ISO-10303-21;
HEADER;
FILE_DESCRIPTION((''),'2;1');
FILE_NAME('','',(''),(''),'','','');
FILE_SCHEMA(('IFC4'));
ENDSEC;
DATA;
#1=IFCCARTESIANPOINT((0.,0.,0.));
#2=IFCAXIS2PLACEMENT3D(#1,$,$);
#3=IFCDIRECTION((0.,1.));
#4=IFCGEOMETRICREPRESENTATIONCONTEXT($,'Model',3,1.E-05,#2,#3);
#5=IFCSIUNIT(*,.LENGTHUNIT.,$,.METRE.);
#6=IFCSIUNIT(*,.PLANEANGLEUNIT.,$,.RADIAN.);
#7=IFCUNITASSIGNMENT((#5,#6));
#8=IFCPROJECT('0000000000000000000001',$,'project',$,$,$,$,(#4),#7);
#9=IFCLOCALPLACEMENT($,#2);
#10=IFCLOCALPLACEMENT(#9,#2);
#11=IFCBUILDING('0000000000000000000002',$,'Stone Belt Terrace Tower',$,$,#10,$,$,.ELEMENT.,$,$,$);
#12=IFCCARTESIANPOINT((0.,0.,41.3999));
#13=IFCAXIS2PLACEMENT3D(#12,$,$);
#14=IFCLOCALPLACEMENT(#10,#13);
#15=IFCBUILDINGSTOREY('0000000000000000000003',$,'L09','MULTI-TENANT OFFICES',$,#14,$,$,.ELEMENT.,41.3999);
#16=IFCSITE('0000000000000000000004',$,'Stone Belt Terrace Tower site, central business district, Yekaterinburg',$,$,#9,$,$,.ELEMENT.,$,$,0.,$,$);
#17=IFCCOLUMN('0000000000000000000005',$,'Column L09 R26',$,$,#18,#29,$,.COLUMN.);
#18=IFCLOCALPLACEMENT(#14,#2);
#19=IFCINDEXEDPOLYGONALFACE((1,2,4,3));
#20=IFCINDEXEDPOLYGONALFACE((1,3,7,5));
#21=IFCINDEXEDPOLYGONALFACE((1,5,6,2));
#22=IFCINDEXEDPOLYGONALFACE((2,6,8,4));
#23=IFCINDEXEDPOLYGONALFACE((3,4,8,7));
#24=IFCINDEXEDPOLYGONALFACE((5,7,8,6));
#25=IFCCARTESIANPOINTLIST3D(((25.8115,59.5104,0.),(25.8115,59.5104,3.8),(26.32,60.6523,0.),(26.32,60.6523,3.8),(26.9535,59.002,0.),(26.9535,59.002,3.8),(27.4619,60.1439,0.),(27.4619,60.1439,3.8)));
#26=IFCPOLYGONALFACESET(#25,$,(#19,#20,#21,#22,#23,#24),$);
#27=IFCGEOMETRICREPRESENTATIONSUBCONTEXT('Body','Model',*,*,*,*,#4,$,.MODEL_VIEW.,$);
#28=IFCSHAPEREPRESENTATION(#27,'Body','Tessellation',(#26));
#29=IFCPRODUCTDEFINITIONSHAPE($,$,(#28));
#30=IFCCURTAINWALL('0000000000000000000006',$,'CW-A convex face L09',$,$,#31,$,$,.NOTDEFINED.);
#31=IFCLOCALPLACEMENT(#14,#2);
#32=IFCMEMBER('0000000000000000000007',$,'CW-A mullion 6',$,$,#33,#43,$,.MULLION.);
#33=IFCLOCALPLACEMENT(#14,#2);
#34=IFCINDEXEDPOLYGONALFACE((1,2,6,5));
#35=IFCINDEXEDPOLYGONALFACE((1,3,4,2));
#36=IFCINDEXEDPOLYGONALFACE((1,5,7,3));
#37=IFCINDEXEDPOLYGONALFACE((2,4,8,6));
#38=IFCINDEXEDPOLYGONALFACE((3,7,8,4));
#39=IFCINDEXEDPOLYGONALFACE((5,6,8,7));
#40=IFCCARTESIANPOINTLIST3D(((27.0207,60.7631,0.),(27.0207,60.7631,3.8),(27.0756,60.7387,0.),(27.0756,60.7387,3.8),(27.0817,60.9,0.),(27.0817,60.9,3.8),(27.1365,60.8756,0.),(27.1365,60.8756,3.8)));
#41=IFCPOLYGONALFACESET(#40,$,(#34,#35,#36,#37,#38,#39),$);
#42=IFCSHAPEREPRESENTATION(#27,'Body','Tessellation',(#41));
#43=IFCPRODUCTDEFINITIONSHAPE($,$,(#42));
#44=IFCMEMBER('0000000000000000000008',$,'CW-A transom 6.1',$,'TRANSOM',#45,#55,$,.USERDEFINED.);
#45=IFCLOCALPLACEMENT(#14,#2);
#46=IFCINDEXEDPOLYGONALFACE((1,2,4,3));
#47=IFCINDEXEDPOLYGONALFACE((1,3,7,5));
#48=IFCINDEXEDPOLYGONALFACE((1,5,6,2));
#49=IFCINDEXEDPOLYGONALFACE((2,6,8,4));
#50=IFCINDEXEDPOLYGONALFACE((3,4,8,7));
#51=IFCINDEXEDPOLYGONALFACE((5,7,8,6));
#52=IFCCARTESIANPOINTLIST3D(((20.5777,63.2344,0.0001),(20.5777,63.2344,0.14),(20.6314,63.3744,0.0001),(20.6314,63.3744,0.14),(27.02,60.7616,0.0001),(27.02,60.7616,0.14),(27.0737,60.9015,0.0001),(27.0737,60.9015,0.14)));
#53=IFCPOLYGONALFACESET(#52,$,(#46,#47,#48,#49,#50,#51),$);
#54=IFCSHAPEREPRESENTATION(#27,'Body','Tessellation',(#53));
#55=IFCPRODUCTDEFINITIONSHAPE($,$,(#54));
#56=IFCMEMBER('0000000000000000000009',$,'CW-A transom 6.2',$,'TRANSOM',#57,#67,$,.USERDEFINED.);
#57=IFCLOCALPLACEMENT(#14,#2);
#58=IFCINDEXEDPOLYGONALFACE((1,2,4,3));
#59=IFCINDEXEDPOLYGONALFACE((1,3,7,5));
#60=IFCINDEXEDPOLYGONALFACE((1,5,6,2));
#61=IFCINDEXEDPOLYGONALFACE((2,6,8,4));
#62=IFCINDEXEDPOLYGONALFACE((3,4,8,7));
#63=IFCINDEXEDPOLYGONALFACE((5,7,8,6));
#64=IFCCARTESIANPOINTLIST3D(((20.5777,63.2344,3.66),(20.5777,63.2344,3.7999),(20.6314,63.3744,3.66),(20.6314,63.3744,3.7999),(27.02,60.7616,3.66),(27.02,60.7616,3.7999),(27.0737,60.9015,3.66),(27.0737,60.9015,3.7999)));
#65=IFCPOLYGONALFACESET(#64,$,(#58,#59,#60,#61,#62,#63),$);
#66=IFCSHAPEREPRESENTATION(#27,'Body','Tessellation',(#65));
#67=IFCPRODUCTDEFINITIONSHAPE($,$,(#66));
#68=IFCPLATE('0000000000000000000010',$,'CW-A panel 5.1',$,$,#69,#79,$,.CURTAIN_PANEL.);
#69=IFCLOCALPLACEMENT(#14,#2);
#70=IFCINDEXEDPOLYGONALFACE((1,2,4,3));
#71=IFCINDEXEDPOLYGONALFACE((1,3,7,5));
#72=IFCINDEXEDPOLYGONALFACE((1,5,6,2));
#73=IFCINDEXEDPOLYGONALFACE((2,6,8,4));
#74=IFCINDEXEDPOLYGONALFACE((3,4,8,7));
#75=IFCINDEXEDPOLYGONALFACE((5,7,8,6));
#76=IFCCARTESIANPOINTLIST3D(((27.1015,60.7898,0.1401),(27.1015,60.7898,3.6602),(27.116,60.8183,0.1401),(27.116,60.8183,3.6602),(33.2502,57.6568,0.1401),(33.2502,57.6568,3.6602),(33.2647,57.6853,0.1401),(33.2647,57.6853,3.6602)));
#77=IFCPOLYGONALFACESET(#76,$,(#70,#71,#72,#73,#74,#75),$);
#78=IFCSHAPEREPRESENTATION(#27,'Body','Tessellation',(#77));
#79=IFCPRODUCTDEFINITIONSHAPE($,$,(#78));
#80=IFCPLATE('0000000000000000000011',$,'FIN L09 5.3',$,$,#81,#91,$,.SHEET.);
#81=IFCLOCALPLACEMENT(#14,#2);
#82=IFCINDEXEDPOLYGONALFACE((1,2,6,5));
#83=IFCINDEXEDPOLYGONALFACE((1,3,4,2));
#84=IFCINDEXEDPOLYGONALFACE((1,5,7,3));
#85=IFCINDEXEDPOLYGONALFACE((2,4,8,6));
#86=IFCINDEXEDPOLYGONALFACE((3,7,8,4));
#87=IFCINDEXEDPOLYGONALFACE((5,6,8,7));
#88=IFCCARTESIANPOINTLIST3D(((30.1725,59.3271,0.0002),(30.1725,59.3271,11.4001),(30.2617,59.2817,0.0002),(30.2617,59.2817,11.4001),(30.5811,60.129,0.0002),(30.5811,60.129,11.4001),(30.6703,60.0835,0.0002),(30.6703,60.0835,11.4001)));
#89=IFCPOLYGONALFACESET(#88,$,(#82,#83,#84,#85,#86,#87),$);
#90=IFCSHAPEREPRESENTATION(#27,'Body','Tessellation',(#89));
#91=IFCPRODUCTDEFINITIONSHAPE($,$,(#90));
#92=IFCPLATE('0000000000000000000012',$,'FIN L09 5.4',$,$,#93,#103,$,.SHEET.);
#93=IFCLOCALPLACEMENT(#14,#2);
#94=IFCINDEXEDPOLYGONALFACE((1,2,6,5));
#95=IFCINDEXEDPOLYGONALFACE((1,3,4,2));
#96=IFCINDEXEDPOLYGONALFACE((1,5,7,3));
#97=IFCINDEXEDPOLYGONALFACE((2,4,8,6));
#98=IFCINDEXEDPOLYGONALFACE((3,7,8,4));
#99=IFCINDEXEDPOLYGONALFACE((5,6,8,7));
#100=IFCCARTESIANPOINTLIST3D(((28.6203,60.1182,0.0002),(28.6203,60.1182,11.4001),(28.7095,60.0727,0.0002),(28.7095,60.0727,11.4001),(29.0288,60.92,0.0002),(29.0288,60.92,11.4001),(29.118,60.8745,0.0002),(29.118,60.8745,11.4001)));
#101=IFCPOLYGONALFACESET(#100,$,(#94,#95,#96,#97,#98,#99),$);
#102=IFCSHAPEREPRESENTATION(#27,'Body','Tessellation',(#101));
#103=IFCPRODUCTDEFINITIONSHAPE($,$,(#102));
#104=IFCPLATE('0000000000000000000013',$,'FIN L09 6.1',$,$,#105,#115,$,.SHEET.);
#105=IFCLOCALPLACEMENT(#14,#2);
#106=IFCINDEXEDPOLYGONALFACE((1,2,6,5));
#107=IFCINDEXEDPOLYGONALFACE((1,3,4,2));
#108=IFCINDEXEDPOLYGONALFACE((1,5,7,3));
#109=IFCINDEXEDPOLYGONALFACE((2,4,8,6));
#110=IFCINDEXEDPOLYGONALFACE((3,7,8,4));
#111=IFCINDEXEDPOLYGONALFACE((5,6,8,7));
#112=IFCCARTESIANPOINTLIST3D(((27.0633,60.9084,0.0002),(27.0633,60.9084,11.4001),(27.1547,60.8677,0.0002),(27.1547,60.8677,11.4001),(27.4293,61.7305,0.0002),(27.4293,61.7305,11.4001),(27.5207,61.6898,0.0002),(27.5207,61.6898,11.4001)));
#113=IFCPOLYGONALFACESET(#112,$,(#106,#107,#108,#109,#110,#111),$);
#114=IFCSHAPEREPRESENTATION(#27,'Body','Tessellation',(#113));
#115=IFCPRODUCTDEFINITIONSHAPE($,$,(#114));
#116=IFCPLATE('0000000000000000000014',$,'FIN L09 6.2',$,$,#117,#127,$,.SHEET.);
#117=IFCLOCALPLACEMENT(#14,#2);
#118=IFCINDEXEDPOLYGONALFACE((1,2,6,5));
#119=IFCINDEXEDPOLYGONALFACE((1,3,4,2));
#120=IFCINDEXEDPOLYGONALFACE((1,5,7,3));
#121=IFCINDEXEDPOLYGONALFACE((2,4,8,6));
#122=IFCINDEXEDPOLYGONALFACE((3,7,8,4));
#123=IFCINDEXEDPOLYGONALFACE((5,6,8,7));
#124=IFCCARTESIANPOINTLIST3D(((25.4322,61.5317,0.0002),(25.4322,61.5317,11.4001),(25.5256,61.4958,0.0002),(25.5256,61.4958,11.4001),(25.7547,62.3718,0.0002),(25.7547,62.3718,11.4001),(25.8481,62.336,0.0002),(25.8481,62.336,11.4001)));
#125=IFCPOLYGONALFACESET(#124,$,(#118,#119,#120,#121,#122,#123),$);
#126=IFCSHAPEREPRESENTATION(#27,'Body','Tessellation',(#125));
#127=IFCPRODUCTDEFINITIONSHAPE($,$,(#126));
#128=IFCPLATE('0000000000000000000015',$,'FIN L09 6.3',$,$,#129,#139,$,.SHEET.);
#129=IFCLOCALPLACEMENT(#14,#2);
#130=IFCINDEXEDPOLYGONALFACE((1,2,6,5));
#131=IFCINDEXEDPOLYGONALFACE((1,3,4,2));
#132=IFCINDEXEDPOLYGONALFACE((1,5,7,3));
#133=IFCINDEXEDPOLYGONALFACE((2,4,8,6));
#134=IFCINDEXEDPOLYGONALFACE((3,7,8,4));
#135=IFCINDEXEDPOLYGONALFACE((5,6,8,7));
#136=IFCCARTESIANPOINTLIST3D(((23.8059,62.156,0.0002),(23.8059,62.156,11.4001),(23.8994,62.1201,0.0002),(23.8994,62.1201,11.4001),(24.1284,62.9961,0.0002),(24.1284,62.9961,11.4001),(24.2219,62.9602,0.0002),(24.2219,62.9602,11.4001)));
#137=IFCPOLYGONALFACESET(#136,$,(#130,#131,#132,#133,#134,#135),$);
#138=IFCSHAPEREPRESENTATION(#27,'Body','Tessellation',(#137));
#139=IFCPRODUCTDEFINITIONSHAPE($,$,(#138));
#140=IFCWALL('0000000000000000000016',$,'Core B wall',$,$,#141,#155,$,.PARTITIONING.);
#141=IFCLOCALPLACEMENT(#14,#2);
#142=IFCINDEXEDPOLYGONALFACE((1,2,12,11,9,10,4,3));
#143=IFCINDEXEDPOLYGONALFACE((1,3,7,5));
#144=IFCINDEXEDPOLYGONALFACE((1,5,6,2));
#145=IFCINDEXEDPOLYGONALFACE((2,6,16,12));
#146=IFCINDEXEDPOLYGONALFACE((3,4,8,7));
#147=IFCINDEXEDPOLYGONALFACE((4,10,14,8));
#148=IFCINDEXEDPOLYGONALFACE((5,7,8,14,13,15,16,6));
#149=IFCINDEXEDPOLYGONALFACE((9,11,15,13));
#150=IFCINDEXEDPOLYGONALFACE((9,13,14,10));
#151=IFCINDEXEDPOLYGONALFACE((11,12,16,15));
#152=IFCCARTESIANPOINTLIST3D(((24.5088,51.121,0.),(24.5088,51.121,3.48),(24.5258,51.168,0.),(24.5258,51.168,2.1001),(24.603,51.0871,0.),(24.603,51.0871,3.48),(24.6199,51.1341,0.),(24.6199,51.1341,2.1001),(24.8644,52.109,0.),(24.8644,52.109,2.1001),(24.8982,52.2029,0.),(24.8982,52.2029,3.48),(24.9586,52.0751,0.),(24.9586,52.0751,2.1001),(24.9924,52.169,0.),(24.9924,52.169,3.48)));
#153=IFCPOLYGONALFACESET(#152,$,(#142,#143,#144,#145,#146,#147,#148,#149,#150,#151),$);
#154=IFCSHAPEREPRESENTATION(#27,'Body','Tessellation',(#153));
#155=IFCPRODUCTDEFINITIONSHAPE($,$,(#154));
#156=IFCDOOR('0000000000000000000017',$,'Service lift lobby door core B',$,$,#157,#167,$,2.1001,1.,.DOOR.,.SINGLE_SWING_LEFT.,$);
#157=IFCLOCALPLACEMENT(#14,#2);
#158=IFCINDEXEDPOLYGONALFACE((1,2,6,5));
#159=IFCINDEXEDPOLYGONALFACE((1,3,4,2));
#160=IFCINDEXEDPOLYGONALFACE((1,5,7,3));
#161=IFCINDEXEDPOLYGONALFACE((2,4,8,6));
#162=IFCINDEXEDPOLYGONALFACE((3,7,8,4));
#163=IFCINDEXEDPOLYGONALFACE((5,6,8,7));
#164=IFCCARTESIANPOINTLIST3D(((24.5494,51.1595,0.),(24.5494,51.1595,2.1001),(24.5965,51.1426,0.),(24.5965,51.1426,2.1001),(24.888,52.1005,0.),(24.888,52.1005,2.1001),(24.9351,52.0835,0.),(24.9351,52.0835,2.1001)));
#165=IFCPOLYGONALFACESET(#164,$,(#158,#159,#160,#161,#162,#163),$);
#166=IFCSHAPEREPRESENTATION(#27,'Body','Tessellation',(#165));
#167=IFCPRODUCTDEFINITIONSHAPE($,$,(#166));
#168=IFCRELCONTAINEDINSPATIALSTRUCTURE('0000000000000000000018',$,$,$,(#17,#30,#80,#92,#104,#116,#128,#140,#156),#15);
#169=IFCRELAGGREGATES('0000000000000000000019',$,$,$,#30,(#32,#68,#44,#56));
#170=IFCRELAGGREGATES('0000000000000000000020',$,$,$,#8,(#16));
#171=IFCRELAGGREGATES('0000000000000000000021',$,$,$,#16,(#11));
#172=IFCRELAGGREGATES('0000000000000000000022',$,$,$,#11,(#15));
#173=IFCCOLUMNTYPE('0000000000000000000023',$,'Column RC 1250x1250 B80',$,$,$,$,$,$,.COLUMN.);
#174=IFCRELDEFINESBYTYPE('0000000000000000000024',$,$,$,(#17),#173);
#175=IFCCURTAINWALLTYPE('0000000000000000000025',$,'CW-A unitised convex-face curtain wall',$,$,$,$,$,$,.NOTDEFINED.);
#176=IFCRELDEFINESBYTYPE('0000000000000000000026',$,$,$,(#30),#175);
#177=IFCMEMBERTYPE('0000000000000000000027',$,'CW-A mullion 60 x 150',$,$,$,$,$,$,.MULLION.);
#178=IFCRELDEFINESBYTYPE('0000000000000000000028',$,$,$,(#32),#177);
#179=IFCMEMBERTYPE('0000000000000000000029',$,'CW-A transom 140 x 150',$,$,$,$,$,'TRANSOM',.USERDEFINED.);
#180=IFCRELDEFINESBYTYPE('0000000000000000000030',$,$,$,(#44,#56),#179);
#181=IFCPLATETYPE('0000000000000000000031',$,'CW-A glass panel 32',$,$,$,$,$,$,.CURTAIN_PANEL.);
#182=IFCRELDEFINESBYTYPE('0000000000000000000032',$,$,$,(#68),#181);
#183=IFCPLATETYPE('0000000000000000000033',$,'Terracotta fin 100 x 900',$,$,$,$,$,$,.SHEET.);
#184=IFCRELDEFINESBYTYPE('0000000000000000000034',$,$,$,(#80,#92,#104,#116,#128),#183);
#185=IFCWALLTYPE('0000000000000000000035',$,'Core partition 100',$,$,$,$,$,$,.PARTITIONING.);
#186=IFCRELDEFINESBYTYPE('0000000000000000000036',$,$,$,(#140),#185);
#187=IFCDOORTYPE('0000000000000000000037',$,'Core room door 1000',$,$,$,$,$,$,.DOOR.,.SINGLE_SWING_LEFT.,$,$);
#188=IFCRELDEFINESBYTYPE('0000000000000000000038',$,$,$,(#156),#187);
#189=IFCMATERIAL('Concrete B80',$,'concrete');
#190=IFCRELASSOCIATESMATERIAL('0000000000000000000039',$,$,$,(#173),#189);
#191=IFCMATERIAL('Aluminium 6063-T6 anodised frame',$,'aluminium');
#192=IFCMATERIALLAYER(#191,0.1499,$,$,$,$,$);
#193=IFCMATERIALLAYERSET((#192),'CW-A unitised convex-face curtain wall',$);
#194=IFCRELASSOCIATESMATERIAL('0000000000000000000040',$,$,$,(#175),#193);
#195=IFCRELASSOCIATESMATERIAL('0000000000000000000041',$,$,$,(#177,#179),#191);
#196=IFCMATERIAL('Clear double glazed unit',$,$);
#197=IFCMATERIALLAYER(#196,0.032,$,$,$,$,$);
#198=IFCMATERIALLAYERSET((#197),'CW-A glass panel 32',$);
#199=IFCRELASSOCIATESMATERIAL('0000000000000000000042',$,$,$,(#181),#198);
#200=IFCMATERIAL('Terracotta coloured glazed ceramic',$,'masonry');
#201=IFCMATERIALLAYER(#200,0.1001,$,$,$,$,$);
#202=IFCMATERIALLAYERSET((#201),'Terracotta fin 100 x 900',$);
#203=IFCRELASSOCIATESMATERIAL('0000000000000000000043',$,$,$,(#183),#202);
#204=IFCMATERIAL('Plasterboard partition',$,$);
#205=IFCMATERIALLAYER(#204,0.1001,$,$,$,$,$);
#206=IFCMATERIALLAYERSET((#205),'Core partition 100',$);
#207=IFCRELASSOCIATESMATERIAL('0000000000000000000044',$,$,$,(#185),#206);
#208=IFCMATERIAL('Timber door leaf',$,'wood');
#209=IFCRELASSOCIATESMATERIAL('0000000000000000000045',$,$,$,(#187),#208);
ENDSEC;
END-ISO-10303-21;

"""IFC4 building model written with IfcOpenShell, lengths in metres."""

from ifc_helpers import new_model, si_unit, direction, frame, frame_2d, origin, origin_2d, place, context, subcontext, project, spatial, rectangle, extrude, material, layer, layer_set, material_profile, profile_set, type_object, element, fill, aggregate, save


model = new_model("IFC4")

# Units and contexts
model_context = context("Model", 3, precision=1e-05, world=origin(), true_north=direction((0.0, 1.0)))
body_context = subcontext(model_context, "Body", "Model", "MODEL_VIEW")
ifc_project = project(units=[si_unit("LENGTHUNIT", "METRE"), si_unit("PLANEANGLEUNIT", "RADIAN")], contexts=[model_context])

# Site, building, storey
site_placement = place(None, origin())
site = spatial("IfcSite", under=ifc_project, at=site_placement, Name="Stone Belt Terrace Tower site, central business district, Yekaterinburg", CompositionType="ELEMENT", RefElevation=0.0)
building_placement = place(site_placement, origin())
building = spatial("IfcBuilding", under=site, at=building_placement, Name="Stone Belt Terrace Tower", CompositionType="ELEMENT")
storey_placement = place(building_placement, frame((0.0, 0.0, 41.3999)))
storey = spatial("IfcBuildingStorey", under=building, at=storey_placement, Name="L09", Description="MULTI-TENANT OFFICES", CompositionType="ELEMENT", Elevation=41.3999)

# Column
ifc_material_1 = material(Name="Concrete B80", Category="concrete")
ifc_material_profile_1 = material_profile(ifc_material_1, rectangle(XDim=1.25, YDim=1.25, at=origin_2d()), Name="RC 1250x1250")
ifc_profile_set_1 = profile_set([ifc_material_profile_1], Name="Concrete B80")
column_type = type_object("IfcColumnType", Name="Column RC 1250x1250 B80", PredefinedType="COLUMN", material=ifc_profile_set_1)
column_placement = place(storey_placement, frame((26.6367, 59.8271, 0.0), z_axis=(0.0, 0.0, 1.0), x_axis=(0.913545, -0.406737, 0.0)))
element("IfcColumn", 1, at=column_placement, inside=storey, type_object=column_type, Name="Column L09 R26", PredefinedType="COLUMN", context=body_context, shape_type="SweptSolid", body=[
    extrude(rectangle(XDim=1.25, YDim=1.25, at=origin_2d()), origin(), (0.0, 0.0, 1.0), 3.8),
])

# Curtain wall, members, plate
ifc_material_2 = material(Name="Aluminium 6063-T6 anodised frame", Category="aluminium")
ifc_layer_1 = layer(ifc_material_2, 0.1499)
ifc_layer_set_1 = layer_set([ifc_layer_1], Name="CW-A unitised convex-face curtain wall")
curtain_wall_type = type_object("IfcCurtainWallType", Name="CW-A unitised convex-face curtain wall", PredefinedType="NOTDEFINED", material=ifc_layer_set_1)
curtain_wall_placement = place(storey_placement, origin())
curtain_wall = element("IfcCurtainWall", 2, at=curtain_wall_placement, inside=storey, type_object=curtain_wall_type, Name="CW-A convex face L09", PredefinedType="NOTDEFINED")
ifc_material_profile_2 = material_profile(ifc_material_2, rectangle(XDim=0.1499, YDim=0.0601, at=origin_2d()), Name="Aluminium 6063-T6 60x150")
ifc_profile_set_2 = profile_set([ifc_material_profile_2], Name="Aluminium 6063-T6 anodised frame")
member_type_1 = type_object("IfcMemberType", Name="CW-A mullion 60 x 150", PredefinedType="MULLION", material=ifc_profile_set_2)
member_1_placement = place(storey_placement, frame((27.0786, 60.8193, 0.0), z_axis=(0.0, 0.0, 1.0), x_axis=(-0.406737, -0.913545, 0.0)))
member_1 = element("IfcMember", 3, at=member_1_placement, type_object=member_type_1, Name="CW-A mullion 6", PredefinedType="MULLION", context=body_context, shape_type="SweptSolid", body=[
    extrude(rectangle(XDim=0.1499, YDim=0.0601, at=origin_2d()), origin(), (0.0, 0.0, 1.0), 3.8),
])
ifc_material_profile_3 = material_profile(ifc_material_2, rectangle(XDim=0.1499, YDim=0.1399, at=origin_2d()), Name="Aluminium 6063-T6 150x140")
ifc_profile_set_3 = profile_set([ifc_material_profile_3], Name="Aluminium 6063-T6 anodised frame")
member_type_2 = type_object("IfcMemberType", Name="CW-A transom 140 x 150", ElementType="TRANSOM", PredefinedType="USERDEFINED", material=ifc_profile_set_3)
member_2_placement = place(storey_placement, frame((27.0469, 60.8315, 0.0701), z_axis=(-0.933585, 0.358355, 0.0), x_axis=(-0.358355, -0.933585, 0.0)))
member_2 = element("IfcMember", 4, at=member_2_placement, type_object=member_type_2, Name="CW-A transom 6.1", ObjectType="TRANSOM", PredefinedType="USERDEFINED", context=body_context, shape_type="SweptSolid", body=[
    extrude(rectangle(XDim=0.1499, YDim=0.1399, at=origin_2d()), origin(), (0.0, 0.0, 1.0), 6.9006),
])
member_3_placement = place(storey_placement, frame((27.0469, 60.8315, 3.73), z_axis=(-0.933585, 0.358355, 0.0), x_axis=(-0.358355, -0.933585, 0.0)))
member_3 = element("IfcMember", 5, at=member_3_placement, type_object=member_type_2, Name="CW-A transom 6.2", ObjectType="TRANSOM", PredefinedType="USERDEFINED", context=body_context, shape_type="SweptSolid", body=[
    extrude(rectangle(XDim=0.1499, YDim=0.1399, at=origin_2d()), origin(), (0.0, 0.0, 1.0), 6.9006),
])
ifc_material_3 = material(Name="Clear double glazed unit")
ifc_layer_2 = layer(ifc_material_3, 0.032)
ifc_layer_set_2 = layer_set([ifc_layer_2], Name="CW-A glass panel 32")
plate_type_1 = type_object("IfcPlateType", Name="CW-A glass panel 32", PredefinedType="CURTAIN_PANEL", material=ifc_layer_set_2)
plate_placement = place(storey_placement, frame((30.1831, 59.2375, 0.1401), z_axis=(0.0, 0.0, 1.0), x_axis=(-0.891007, 0.45399, 0.0)))
plate = element("IfcPlate", 6, at=plate_placement, type_object=plate_type_1, Name="CW-A panel 5.1", PredefinedType="CURTAIN_PANEL", context=body_context, shape_type="SweptSolid", body=[
    extrude(rectangle(XDim=6.9009, YDim=0.032, at=origin_2d()), origin(), (0.0, 0.0, 1.0), 3.52),
])
aggregate(curtain_wall, [member_1, plate, member_2, member_3])

# Plates
ifc_material_4 = material(Name="Terracotta coloured glazed ceramic", Category="masonry")
ifc_layer_3 = layer(ifc_material_4, 0.1001)
ifc_layer_set_3 = layer_set([ifc_layer_3], Name="Terracotta fin 100 x 900")
plate_type_2 = type_object("IfcPlateType", Name="Terracotta fin 100 x 900", PredefinedType="SHEET", material=ifc_layer_set_3)
for number, where, z_axis, x_axis, name in (
    (7, (30.4214, 59.7053, 0.0002), (0.0, 0.0, 1.0), (0.45399, 0.891007, 0.0), "FIN L09 5.3"),
    (8, (28.8691, 60.4963, 0.0002), (0.0, 0.0, 1.0), (0.45399, 0.891007, 0.0), "FIN L09 5.4"),
    (9, (27.292, 61.2991, 0.0002), (0.0, 0.0, 1.0), (0.406737, 0.913545, 0.0), "FIN L09 6.1"),
    (10, (25.6401, 61.9338, 0.0002), (0.0, 0.0, 1.0), (0.358368, 0.93358, 0.0), "FIN L09 6.2"),
    (11, (24.0139, 62.5581, 0.0002), (0.0, 0.0, 1.0), (0.358368, 0.93358, 0.0), "FIN L09 6.3"),
):
    element("IfcPlate", number, at=place(storey_placement, frame(where, z_axis=z_axis, x_axis=x_axis)), inside=storey, type_object=plate_type_2, Name=name, PredefinedType="SHEET", context=body_context, shape_type="SweptSolid", body=[
        extrude(rectangle(XDim=0.8999, YDim=0.1001, at=origin_2d()), origin(), (0.0, 0.0, 1.0), 11.3999),
    ])

# Wall, opening, door
ifc_material_5 = material(Name="Plasterboard partition")
ifc_layer_4 = layer(ifc_material_5, 0.1001)
ifc_layer_set_4 = layer_set([ifc_layer_4], Name="Core partition 100")
wall_type_1 = type_object("IfcWallType", Name="Core partition 100", PredefinedType="PARTITIONING", material=ifc_layer_set_4)
wall_1_placement = place(storey_placement, frame((24.5559, 51.104, 0.0), z_axis=(0.0, 0.0, 1.0), x_axis=(0.338622, 0.940923, 0.0)))
wall_1 = element("IfcWall", 12, at=wall_1_placement, inside=storey, type_object=wall_type_1, Name="Core B wall", PredefinedType="PARTITIONING", context=body_context, shape_type="SweptSolid", body=[
    extrude(rectangle(XDim=1.1499, YDim=0.1001, at=frame_2d((0.575, 0.0))), origin(), (0.0, 0.0, 1.0), 3.48),
])
opening_1_placement = place(wall_1_placement, frame((0.05, 0.0, 0.0)))
opening_1 = element("IfcOpeningElement", 13, at=opening_1_placement, cuts=wall_1, PredefinedType="OPENING", context=body_context, shape_type="SweptSolid", body=[
    extrude(rectangle(XDim=1.0, YDim=2.1001, at=frame_2d((0.5, 1.05))), frame((0.0, 0.0601, 0.0), z_axis=(0.0, -1.0, 0.0), x_axis=(1.0, 0.0, 0.0)), (0.0, 0.0, 1.0), 0.1201),
])
ifc_material_6 = material(Name="Timber door leaf", Category="wood")
door_type_1 = type_object("IfcDoorType", Name="Core room door 1000", OperationType="SINGLE_SWING_LEFT", PredefinedType="DOOR", material=ifc_material_6)
door_1_placement = place(opening_1_placement, origin())
door_1 = element("IfcDoor", 14, at=door_1_placement, inside=storey, type_object=door_type_1, Name="Service lift lobby door core B", OperationType="SINGLE_SWING_LEFT", OverallHeight=2.1001, OverallWidth=1.0, PredefinedType="DOOR", context=body_context, shape_type="SweptSolid", body=[
    extrude(rectangle(XDim=1.0, YDim=2.1001, at=frame_2d((0.5, 1.05))), frame((0.0, 0.0249, 0.0), z_axis=(0.0, -1.0, 0.0), x_axis=(1.0, 0.0, 0.0)), (0.0, 0.0, 1.0), 0.05),
])
fill(opening_1, door_1)

save(model, "model.ifc")
